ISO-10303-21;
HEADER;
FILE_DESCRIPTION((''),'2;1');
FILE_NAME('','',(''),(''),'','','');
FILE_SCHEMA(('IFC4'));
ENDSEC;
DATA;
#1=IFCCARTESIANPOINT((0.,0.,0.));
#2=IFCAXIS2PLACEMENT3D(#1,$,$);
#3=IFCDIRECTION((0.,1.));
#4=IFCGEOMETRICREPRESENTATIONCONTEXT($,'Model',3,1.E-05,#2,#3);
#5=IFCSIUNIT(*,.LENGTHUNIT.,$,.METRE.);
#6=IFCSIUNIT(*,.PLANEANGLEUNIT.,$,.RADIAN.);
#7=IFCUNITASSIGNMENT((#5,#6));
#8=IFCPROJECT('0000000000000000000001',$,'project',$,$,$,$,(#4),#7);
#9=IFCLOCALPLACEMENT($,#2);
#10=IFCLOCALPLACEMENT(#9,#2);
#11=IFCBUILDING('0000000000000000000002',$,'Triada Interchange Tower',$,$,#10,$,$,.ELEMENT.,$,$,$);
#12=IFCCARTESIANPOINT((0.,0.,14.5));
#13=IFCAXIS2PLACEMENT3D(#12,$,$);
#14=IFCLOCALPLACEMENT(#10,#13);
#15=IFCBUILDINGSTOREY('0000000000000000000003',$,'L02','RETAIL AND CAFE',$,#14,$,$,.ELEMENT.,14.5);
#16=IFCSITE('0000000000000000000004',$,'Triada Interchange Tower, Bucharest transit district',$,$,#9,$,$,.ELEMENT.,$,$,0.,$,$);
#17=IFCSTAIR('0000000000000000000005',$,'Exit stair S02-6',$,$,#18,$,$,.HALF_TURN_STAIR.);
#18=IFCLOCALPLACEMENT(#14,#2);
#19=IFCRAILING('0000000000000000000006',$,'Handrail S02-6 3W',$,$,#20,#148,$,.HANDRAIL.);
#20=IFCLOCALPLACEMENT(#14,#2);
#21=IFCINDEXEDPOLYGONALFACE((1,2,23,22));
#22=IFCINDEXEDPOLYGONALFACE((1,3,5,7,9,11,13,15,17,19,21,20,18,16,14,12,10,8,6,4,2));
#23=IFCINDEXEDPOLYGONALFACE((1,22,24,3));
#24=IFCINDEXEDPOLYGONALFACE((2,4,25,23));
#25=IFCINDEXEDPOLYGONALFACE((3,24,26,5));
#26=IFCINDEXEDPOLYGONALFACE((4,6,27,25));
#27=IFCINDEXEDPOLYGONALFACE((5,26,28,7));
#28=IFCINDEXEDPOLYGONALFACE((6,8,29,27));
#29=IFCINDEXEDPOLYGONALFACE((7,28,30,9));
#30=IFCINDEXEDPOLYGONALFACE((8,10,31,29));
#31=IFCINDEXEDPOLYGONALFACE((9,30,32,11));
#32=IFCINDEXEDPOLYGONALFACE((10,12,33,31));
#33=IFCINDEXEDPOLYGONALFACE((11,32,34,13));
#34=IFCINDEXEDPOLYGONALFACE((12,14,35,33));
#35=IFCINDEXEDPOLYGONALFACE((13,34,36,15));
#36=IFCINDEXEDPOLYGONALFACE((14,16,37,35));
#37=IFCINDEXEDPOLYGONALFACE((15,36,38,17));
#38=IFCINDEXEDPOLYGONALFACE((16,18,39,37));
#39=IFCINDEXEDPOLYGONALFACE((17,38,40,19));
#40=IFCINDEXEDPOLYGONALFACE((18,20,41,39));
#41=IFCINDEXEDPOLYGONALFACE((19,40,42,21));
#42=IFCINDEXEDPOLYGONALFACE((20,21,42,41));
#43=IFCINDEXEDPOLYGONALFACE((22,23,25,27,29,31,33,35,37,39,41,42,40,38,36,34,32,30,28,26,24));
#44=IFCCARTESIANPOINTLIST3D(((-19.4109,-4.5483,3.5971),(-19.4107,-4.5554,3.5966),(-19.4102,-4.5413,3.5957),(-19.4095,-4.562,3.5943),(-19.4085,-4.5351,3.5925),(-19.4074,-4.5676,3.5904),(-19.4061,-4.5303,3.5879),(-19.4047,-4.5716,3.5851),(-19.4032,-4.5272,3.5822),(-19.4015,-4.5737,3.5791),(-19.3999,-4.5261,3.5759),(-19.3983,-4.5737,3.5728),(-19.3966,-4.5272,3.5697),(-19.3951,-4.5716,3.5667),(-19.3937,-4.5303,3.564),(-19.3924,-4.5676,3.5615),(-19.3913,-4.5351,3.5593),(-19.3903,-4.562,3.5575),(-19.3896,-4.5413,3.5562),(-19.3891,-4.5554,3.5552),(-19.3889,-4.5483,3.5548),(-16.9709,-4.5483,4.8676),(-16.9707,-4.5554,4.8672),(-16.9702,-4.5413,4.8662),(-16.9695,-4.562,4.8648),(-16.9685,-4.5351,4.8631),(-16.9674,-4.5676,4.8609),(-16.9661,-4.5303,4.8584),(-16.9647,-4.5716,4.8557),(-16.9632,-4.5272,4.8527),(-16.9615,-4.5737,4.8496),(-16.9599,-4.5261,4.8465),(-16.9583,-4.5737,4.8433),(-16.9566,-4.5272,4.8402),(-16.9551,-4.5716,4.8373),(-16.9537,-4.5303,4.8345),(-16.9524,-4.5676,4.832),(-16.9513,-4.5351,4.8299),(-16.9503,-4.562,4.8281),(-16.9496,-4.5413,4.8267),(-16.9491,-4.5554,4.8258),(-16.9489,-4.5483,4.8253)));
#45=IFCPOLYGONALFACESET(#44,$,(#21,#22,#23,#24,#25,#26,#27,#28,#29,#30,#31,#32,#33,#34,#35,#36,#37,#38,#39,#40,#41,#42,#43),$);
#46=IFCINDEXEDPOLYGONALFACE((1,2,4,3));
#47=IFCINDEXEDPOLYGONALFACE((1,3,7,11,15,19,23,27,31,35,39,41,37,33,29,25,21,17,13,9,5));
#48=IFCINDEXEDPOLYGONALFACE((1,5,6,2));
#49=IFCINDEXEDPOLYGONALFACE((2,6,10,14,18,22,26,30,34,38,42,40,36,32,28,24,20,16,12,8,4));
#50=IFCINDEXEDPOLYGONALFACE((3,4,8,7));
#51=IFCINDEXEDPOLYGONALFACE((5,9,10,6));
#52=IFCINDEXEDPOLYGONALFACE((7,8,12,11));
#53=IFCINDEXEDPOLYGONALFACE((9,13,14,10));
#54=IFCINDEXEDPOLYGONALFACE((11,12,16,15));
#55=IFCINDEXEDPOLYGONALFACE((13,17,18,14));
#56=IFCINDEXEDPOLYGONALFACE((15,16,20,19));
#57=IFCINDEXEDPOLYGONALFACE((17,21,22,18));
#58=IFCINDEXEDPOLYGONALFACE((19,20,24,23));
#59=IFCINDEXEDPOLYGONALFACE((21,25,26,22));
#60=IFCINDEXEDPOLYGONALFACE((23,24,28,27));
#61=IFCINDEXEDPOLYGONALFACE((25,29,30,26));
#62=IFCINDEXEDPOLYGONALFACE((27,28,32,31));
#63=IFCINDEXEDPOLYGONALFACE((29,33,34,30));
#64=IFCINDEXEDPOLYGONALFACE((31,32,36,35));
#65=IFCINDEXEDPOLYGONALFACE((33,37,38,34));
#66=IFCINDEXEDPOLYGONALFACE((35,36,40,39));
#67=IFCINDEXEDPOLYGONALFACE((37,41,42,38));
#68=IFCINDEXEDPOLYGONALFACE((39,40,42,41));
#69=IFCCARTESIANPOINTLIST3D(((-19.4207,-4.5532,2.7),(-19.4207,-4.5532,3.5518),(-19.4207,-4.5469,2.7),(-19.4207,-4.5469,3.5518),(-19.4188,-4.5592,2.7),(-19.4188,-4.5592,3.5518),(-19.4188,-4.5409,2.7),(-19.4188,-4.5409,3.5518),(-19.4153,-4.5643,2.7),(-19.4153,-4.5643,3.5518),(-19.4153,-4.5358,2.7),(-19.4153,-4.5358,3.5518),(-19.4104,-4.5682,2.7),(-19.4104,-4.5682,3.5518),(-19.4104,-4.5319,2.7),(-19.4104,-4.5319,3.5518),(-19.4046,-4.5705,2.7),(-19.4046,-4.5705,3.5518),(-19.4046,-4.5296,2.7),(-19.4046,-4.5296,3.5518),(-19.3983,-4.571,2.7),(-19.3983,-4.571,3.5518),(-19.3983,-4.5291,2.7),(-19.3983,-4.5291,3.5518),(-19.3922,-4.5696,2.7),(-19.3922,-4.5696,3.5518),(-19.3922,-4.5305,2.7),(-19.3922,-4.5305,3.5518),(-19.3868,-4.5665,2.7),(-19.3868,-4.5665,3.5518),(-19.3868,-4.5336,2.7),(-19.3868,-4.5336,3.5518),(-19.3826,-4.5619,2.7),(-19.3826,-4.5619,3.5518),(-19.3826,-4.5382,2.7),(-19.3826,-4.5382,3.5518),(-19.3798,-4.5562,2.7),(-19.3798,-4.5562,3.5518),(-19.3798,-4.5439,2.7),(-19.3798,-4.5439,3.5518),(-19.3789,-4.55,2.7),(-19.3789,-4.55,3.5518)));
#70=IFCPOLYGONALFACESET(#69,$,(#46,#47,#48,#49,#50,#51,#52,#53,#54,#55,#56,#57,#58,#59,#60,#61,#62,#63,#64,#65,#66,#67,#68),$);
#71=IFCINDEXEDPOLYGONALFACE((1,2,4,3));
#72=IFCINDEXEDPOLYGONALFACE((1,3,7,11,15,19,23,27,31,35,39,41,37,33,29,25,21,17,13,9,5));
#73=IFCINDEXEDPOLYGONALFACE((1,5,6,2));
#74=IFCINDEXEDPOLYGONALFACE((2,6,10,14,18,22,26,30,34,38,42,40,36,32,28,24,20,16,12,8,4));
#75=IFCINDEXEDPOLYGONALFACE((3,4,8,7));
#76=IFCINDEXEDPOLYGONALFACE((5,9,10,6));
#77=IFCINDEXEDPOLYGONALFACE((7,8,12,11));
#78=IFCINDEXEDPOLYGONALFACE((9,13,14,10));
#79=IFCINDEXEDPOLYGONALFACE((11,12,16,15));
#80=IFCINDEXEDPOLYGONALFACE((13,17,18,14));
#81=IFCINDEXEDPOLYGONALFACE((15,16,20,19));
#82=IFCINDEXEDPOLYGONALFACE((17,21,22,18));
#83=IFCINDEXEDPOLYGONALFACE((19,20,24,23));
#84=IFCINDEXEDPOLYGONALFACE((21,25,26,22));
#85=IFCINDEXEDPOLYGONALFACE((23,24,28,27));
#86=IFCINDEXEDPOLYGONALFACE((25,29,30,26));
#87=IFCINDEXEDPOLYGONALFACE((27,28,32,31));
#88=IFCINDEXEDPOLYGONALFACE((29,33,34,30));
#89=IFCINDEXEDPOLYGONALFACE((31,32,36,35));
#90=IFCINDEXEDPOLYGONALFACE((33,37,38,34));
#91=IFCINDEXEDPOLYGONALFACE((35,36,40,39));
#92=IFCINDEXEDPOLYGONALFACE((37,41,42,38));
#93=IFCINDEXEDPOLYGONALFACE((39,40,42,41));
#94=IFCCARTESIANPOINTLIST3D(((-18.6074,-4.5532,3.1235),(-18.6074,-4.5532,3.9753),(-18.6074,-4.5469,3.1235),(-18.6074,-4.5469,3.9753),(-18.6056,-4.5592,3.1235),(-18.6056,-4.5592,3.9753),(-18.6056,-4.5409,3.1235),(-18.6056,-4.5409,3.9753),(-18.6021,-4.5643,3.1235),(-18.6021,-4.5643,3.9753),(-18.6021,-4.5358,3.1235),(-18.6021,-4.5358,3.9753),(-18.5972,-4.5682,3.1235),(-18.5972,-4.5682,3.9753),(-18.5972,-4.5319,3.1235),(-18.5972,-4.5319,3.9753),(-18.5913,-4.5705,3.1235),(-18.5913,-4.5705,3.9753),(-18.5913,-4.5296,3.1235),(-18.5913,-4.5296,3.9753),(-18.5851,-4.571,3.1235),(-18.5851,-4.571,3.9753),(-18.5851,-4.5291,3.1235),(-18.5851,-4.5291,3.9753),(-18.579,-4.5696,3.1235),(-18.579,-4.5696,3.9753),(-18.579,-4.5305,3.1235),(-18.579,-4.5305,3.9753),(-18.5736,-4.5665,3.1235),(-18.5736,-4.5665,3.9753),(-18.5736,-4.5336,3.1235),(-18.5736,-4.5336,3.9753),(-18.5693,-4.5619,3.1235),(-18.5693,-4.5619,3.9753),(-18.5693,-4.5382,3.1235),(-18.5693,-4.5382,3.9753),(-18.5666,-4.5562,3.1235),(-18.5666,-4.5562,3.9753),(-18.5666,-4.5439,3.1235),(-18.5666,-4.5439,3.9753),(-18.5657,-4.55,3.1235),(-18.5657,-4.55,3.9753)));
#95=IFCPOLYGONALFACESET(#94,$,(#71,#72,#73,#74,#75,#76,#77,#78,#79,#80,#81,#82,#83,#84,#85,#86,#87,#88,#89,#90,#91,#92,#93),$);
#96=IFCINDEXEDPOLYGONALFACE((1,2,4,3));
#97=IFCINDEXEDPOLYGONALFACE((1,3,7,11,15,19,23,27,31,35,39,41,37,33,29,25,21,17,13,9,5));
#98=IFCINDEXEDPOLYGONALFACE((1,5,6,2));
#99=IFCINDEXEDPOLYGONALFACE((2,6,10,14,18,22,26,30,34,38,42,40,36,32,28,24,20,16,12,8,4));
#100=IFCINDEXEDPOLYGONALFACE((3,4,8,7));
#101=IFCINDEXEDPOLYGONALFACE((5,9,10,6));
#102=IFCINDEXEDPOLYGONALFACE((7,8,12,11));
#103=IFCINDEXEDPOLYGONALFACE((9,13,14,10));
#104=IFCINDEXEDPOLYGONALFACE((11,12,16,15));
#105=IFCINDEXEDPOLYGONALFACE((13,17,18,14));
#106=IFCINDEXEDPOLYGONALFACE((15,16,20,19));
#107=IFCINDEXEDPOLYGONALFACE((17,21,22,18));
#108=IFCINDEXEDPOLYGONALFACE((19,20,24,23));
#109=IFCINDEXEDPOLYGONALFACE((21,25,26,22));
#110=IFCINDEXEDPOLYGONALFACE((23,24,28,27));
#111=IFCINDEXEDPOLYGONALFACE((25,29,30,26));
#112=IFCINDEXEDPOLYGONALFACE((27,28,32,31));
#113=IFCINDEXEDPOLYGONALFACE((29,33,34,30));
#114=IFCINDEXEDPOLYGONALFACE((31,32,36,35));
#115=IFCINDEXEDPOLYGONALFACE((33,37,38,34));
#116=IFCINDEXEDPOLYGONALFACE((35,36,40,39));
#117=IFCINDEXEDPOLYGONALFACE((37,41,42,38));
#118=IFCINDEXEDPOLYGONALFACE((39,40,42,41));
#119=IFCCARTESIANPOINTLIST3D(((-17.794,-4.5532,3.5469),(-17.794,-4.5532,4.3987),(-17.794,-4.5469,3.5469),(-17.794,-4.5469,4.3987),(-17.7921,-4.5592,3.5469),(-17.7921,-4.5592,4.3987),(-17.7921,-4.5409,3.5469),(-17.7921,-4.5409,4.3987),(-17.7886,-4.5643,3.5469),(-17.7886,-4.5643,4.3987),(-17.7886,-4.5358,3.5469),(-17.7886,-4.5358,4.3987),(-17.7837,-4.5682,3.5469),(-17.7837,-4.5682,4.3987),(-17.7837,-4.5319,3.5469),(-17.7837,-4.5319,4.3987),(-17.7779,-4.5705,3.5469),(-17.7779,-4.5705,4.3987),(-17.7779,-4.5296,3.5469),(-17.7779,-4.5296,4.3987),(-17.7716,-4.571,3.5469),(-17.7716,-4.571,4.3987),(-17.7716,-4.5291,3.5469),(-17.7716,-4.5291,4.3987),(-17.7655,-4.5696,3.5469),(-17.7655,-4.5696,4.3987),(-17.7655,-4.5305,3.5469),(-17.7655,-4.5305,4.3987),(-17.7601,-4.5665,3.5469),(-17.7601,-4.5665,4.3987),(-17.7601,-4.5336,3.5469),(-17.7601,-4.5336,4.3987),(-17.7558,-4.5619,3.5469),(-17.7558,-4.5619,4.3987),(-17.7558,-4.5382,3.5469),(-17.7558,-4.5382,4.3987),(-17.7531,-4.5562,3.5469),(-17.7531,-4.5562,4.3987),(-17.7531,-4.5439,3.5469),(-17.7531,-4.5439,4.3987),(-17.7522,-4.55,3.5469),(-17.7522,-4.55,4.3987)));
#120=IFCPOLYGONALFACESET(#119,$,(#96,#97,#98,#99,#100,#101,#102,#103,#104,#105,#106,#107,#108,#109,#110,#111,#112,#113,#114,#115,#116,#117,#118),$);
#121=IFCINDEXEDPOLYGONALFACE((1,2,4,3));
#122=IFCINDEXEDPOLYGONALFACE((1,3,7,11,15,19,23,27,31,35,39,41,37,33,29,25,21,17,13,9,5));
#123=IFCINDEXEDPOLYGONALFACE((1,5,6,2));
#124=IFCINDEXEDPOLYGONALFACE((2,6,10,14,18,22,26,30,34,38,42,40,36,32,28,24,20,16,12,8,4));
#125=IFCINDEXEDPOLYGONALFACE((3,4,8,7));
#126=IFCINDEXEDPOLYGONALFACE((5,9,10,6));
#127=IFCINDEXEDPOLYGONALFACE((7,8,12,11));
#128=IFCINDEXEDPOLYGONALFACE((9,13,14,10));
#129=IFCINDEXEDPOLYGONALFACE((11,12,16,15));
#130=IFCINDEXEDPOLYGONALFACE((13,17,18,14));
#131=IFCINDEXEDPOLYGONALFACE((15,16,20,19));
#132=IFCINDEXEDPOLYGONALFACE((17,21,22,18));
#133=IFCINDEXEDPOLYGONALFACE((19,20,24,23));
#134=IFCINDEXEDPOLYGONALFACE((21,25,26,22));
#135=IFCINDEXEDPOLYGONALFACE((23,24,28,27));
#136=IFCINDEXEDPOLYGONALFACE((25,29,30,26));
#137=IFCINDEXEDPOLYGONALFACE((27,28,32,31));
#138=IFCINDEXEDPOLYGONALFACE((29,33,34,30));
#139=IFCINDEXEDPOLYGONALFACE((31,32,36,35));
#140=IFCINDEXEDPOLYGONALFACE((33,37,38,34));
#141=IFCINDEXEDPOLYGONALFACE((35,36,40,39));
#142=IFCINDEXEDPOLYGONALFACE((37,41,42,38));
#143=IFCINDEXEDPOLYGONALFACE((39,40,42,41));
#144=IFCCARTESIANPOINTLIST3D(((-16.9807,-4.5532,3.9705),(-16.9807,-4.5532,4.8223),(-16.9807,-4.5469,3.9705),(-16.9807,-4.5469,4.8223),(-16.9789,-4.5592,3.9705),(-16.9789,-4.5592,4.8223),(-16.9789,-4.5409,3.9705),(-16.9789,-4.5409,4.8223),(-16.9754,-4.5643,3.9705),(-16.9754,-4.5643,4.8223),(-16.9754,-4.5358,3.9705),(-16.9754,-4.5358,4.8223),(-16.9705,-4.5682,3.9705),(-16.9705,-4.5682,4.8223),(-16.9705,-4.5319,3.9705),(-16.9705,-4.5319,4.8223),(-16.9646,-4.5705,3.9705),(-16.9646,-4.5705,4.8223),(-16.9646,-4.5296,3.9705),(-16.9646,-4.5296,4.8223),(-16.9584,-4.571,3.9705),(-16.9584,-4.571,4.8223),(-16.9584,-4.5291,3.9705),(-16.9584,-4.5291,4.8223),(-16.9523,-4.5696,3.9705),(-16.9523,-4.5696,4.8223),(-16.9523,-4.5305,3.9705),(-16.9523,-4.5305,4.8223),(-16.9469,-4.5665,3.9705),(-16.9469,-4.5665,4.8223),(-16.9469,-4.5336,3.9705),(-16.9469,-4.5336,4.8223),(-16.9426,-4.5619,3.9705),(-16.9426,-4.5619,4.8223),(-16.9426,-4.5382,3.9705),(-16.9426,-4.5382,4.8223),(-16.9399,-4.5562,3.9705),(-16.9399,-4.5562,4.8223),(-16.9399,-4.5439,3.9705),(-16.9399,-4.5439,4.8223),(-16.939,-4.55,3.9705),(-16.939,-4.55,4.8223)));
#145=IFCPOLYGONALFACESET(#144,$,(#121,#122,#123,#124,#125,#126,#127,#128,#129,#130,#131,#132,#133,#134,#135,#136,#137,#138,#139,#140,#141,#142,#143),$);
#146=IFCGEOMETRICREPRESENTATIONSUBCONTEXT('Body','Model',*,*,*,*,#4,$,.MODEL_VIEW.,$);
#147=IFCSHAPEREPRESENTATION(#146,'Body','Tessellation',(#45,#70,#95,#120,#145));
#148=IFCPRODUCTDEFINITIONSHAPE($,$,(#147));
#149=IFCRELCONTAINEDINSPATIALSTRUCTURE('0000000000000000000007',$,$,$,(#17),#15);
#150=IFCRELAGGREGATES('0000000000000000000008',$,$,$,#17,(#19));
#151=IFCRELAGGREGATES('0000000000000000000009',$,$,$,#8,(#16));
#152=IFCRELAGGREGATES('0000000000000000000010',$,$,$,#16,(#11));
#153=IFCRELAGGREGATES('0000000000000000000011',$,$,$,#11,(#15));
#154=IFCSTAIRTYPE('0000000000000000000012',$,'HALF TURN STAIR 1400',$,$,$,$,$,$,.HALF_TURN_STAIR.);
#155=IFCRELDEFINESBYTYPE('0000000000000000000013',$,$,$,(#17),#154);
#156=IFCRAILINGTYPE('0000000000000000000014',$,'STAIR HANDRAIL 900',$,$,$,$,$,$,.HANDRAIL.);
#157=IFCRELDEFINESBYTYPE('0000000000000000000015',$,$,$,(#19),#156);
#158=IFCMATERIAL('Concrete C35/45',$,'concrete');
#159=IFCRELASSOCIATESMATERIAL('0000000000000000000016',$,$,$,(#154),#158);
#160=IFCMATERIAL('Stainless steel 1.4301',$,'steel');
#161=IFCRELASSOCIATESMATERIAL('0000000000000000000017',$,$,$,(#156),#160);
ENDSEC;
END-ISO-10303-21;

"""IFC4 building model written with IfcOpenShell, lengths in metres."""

from ifc_helpers import new_model, si_unit, direction, frame, origin, origin_2d, place, context, subcontext, project, spatial, circle, extrude, material, type_object, element, aggregate, save


model = new_model("IFC4")

# Units and contexts
model_context = context("Model", 3, precision=1e-05, world=origin(), true_north=direction((0.0, 1.0)))
body_context = subcontext(model_context, "Body", "Model", "MODEL_VIEW")
ifc_project = project(units=[si_unit("LENGTHUNIT", "METRE"), si_unit("PLANEANGLEUNIT", "RADIAN")], contexts=[model_context])

# Site, building, storey
site_placement = place(None, origin())
site = spatial("IfcSite", under=ifc_project, at=site_placement, Name="Triada Interchange Tower, Bucharest transit district", CompositionType="ELEMENT", RefElevation=0.0)
building_placement = place(site_placement, origin())
building = spatial("IfcBuilding", under=site, at=building_placement, Name="Triada Interchange Tower", CompositionType="ELEMENT")
storey_placement = place(building_placement, frame((0.0, 0.0, 14.5)))
storey = spatial("IfcBuildingStorey", under=building, at=storey_placement, Name="L02", Description="RETAIL AND CAFE", CompositionType="ELEMENT", Elevation=14.5)

# Shared definitions
ifc_material_1 = material(Name="Concrete C35/45", Category="concrete")

# Stair, railing
stair_type = type_object("IfcStairType", Name="HALF TURN STAIR 1400", PredefinedType="HALF_TURN_STAIR", material=ifc_material_1)
stair_placement = place(storey_placement, origin())
stair = element("IfcStair", 1, at=stair_placement, inside=storey, type_object=stair_type, Name="Exit stair S02-6", PredefinedType="HALF_TURN_STAIR")
ifc_material_2 = material(Name="Stainless steel 1.4301", Category="steel")
railing_type_1 = type_object("IfcRailingType", Name="STAIR HANDRAIL 900", PredefinedType="HANDRAIL", material=ifc_material_2)
railing_1_placement = place(storey_placement, frame((-19.3999, -4.55, 2.7)))
railing_1 = element("IfcRailing", 2, at=railing_1_placement, type_object=railing_type_1, Name="Handrail S02-6 3W", PredefinedType="HANDRAIL", context=body_context, shape_type="SweptSolid", body=[
    extrude(circle(Radius=0.0239, at=origin_2d()), frame((0.0, 0.0, 0.876), z_axis=(0.886958, 0.0, 0.46185), x_axis=(0.0, 1.0, 0.0)), (0.0, 0.0, 1.0), 2.751),
    extrude(circle(Radius=0.021, at=origin_2d()), origin(), (0.0, 0.0, 1.0), 0.8518),
    extrude(circle(Radius=0.021, at=origin_2d()), frame((0.8132, 0.0, 0.4236)), (0.0, 0.0, 1.0), 0.8518),
    extrude(circle(Radius=0.021, at=origin_2d()), frame((1.6267, 0.0, 0.8469)), (0.0, 0.0, 1.0), 0.8518),
    extrude(circle(Radius=0.021, at=origin_2d()), frame((2.4399, 0.0, 1.2705)), (0.0, 0.0, 1.0), 0.8518),
])
aggregate(stair, [railing_1])

save(model, "model.ifc")
